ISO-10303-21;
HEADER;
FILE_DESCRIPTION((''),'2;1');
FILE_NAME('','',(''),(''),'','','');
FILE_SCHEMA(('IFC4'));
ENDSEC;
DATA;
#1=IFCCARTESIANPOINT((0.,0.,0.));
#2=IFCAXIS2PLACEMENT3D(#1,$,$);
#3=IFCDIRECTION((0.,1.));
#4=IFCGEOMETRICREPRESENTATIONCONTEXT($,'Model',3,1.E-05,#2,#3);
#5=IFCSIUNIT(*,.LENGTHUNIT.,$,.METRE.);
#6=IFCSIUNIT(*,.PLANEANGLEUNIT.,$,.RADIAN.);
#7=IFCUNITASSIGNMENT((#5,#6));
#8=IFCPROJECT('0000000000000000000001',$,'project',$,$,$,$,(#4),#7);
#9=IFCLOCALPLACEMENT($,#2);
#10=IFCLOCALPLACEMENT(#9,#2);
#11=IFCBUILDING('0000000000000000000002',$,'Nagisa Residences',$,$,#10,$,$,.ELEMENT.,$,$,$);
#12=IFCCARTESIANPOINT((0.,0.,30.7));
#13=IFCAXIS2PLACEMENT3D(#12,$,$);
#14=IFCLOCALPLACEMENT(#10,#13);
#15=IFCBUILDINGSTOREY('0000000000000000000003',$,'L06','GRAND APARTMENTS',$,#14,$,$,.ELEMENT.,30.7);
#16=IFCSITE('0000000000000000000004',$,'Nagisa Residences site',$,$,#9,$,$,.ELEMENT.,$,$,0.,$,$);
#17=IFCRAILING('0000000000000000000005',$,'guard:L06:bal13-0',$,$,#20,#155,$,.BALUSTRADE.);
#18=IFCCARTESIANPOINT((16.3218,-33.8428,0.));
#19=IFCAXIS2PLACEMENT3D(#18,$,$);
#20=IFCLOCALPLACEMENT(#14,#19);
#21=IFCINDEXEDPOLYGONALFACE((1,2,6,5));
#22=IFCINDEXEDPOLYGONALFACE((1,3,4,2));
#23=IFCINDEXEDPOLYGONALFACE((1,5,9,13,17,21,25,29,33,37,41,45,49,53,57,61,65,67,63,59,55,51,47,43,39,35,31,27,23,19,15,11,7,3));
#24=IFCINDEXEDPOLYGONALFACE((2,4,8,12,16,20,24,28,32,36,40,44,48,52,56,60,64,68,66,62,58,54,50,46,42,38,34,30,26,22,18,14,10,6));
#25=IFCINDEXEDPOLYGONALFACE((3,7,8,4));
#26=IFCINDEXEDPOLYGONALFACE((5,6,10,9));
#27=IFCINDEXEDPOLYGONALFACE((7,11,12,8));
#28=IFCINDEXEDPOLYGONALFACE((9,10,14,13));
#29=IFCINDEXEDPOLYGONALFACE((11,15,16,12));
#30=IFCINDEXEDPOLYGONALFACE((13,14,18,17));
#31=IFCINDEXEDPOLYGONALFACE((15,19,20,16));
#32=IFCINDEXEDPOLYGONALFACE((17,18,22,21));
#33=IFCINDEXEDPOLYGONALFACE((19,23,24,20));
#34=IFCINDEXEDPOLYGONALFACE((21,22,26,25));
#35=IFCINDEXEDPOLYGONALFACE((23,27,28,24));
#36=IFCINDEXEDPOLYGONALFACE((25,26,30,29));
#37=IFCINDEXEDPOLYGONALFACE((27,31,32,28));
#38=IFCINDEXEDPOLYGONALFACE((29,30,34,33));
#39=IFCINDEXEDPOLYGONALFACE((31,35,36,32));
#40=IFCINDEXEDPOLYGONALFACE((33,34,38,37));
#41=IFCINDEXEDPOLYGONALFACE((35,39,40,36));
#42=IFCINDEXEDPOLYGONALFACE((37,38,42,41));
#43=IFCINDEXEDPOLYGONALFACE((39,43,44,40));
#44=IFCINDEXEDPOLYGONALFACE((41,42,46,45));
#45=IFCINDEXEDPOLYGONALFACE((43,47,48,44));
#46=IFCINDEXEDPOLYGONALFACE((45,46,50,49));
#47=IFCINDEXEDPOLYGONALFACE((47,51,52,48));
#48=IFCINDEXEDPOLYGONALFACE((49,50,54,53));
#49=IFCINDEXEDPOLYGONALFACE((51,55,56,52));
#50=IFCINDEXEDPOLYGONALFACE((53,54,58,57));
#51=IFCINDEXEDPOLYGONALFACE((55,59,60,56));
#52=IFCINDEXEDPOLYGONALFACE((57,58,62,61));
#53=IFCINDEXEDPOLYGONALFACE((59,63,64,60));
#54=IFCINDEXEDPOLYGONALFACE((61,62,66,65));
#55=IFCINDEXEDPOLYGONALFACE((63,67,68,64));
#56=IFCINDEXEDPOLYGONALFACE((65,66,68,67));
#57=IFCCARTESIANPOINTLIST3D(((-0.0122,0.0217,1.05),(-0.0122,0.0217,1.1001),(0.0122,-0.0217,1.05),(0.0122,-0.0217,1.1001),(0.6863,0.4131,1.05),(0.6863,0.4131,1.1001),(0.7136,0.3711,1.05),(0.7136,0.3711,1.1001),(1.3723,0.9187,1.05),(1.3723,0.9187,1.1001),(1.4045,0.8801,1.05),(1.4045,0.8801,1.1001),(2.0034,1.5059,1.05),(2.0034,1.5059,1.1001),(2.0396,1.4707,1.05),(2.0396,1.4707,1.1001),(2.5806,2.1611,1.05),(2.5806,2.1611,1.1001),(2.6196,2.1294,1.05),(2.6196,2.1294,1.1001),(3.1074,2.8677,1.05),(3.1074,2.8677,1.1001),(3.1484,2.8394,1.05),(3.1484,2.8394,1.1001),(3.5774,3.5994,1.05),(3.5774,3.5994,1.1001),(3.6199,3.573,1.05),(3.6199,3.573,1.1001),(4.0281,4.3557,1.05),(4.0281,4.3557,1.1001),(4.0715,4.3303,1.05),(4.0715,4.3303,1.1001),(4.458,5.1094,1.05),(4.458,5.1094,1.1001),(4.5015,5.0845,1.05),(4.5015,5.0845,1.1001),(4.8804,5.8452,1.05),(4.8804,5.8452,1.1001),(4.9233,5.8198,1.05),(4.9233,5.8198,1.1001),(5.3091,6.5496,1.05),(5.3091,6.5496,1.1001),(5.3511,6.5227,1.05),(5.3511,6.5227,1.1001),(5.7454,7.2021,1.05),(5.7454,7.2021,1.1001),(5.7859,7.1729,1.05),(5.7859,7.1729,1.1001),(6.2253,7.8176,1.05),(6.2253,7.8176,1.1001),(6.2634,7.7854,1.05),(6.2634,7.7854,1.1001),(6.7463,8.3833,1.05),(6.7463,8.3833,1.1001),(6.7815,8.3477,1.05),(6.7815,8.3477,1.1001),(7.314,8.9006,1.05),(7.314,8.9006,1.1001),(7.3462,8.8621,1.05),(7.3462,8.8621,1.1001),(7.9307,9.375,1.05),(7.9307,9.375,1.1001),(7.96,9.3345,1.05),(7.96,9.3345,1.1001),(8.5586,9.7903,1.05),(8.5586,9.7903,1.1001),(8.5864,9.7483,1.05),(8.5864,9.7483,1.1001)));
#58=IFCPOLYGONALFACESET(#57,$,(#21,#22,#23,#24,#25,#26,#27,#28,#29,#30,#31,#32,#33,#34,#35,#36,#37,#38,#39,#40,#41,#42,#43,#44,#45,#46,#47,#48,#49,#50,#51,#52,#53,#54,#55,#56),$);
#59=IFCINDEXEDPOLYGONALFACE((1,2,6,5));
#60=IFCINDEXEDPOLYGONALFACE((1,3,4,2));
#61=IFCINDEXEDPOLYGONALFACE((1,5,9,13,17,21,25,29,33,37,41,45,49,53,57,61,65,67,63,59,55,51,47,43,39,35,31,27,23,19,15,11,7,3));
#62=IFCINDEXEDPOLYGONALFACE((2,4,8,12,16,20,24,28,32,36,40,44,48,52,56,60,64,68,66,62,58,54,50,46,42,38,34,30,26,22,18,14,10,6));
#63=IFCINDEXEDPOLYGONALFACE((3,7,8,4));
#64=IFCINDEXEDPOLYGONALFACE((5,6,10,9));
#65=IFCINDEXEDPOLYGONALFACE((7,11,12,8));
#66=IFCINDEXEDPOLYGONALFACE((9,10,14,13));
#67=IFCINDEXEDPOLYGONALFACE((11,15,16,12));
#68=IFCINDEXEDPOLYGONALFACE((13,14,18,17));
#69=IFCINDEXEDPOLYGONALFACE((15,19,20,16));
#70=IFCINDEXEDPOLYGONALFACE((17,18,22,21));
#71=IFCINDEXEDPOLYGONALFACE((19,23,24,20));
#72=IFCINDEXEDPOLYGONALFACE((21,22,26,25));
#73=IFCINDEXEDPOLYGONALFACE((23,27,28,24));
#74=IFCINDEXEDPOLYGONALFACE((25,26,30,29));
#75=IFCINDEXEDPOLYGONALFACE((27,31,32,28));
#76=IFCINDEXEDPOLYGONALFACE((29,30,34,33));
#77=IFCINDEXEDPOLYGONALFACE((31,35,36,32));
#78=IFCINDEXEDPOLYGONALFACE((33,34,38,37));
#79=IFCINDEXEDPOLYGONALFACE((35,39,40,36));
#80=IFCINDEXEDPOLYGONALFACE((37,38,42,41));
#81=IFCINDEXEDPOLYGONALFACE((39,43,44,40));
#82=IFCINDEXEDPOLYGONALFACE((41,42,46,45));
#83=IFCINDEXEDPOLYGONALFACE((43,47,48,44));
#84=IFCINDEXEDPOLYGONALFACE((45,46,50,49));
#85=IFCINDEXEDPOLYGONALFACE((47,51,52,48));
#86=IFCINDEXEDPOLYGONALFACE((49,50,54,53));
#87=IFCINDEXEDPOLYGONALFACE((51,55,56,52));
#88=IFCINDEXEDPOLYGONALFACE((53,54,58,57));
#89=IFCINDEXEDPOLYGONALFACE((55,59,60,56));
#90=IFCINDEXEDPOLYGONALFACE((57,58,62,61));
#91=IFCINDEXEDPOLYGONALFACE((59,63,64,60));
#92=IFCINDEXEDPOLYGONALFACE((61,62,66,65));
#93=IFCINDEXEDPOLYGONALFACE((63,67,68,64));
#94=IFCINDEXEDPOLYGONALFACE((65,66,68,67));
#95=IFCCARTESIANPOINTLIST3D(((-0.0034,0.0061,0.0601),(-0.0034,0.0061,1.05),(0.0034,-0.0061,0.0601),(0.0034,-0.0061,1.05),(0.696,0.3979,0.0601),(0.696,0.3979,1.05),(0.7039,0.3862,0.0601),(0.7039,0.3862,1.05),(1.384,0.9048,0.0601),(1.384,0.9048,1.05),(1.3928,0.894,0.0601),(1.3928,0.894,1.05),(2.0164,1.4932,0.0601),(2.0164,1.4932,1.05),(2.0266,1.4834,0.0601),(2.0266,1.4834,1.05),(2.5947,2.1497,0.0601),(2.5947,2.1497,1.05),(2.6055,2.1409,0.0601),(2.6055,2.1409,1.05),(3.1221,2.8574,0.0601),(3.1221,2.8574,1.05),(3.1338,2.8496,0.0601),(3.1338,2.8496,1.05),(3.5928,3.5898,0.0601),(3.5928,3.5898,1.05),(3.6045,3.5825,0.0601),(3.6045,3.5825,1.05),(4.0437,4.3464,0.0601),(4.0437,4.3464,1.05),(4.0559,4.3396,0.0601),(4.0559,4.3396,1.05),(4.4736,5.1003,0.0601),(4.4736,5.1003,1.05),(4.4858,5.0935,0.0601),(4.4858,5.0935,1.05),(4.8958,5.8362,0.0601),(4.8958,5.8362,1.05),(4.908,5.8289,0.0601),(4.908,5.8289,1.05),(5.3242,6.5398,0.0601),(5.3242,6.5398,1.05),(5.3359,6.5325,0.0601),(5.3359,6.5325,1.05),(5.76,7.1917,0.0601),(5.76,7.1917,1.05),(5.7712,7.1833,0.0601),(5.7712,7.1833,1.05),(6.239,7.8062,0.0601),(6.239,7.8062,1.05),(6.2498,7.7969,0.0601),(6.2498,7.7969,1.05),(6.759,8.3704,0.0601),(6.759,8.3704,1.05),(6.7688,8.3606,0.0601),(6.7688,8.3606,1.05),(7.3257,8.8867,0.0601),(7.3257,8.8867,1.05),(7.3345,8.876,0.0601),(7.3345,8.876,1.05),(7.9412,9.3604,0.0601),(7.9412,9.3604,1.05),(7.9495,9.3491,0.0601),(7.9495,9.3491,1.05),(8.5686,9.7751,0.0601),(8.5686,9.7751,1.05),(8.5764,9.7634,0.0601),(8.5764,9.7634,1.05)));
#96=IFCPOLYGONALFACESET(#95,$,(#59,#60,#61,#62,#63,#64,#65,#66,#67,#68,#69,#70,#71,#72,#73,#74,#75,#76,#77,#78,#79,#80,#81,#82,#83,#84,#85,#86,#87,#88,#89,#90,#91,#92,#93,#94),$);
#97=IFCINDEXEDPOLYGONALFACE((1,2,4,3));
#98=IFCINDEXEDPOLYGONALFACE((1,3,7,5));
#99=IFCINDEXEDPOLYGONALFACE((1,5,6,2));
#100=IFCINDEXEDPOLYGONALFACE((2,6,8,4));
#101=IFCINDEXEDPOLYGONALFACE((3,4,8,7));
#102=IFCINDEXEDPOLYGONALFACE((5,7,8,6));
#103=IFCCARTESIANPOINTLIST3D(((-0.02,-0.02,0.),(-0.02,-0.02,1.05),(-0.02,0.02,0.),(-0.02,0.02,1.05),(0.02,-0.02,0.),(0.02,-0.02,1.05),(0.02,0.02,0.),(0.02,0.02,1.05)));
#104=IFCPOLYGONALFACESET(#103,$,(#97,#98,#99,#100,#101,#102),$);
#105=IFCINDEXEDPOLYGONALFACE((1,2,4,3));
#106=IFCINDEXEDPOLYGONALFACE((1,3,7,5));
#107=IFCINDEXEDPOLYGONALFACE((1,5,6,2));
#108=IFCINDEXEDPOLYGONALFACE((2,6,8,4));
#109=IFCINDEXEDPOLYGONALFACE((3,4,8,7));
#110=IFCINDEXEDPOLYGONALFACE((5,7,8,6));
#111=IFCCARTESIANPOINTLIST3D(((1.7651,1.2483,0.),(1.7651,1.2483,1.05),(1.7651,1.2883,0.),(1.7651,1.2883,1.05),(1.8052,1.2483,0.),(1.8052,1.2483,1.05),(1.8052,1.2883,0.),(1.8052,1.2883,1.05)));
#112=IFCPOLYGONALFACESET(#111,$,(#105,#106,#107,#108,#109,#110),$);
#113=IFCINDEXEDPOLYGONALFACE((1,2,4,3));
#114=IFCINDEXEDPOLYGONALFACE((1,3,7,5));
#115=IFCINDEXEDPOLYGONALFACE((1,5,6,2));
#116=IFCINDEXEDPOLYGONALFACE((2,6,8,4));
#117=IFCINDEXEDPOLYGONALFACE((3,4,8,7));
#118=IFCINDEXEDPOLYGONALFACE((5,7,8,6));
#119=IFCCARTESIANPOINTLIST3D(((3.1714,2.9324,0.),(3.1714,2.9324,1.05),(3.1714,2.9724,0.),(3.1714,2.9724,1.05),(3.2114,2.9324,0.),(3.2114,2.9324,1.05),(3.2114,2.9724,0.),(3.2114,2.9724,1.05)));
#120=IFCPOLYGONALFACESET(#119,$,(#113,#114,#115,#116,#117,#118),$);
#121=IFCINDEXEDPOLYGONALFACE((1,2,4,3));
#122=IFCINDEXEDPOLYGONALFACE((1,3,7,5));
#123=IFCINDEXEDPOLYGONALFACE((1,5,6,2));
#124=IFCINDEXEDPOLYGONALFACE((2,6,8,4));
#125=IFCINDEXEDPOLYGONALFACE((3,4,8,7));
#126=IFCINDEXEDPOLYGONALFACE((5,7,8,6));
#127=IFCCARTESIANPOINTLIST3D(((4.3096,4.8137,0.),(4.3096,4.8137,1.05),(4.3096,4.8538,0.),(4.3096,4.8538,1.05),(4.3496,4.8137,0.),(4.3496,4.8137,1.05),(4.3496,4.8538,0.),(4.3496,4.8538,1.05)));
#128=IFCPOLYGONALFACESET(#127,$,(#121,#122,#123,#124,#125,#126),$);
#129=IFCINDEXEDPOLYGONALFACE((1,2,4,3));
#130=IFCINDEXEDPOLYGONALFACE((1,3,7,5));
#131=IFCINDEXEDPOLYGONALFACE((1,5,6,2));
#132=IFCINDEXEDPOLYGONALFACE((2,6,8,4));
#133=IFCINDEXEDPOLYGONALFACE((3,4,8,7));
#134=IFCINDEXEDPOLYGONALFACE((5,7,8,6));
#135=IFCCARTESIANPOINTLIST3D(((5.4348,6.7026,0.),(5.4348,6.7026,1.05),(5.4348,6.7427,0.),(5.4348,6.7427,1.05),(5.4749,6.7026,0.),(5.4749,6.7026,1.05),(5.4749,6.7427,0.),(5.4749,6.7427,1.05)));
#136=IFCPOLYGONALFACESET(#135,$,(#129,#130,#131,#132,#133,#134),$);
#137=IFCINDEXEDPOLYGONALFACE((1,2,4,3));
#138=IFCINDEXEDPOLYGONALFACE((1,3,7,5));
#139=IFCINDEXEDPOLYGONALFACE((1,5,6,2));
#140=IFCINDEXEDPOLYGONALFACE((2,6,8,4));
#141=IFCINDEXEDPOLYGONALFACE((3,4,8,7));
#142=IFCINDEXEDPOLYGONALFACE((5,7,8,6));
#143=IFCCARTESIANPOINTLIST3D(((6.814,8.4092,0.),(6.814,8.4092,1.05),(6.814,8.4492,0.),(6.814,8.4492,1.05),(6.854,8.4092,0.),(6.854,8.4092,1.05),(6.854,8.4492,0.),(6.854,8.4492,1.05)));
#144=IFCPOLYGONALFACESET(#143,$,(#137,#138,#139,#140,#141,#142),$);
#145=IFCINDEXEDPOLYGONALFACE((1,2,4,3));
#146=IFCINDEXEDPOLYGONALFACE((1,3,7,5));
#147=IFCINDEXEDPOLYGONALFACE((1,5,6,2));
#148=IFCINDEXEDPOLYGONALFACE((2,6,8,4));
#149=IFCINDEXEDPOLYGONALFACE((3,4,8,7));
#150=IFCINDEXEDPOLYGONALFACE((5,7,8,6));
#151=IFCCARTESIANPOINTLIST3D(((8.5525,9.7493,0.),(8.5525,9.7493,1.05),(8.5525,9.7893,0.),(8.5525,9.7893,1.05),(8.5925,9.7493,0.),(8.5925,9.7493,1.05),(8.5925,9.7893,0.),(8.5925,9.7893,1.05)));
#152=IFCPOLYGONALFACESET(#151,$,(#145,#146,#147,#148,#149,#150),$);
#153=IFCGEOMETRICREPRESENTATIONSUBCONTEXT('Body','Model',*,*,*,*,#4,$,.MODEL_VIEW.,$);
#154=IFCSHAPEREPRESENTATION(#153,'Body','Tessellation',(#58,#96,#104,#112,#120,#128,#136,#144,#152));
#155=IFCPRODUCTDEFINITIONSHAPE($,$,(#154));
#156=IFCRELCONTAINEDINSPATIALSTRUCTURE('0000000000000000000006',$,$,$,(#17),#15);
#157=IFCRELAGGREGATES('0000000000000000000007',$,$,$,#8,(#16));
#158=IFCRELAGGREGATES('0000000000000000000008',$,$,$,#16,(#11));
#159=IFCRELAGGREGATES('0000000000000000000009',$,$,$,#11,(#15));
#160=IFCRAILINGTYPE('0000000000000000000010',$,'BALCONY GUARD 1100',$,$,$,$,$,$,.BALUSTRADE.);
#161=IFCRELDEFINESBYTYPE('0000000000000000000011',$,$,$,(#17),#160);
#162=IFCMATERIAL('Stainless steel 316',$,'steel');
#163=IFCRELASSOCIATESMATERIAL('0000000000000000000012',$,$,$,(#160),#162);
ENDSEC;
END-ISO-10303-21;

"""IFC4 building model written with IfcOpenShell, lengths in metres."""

from ifc_helpers import new_model, si_unit, direction, frame, origin, origin_2d, place, context, subcontext, project, spatial, polyline, rectangle, outline, extrude, material, type_object, element, save


model = new_model("IFC4")

# Units and contexts
model_context = context("Model", 3, precision=1e-05, world=origin(), true_north=direction((0.0, 1.0)))
body_context = subcontext(model_context, "Body", "Model", "MODEL_VIEW")
ifc_project = project(units=[si_unit("LENGTHUNIT", "METRE"), si_unit("PLANEANGLEUNIT", "RADIAN")], contexts=[model_context])

# Site, building, storey
site_placement = place(None, origin())
site = spatial("IfcSite", under=ifc_project, at=site_placement, Name="Nagisa Residences site", CompositionType="ELEMENT", RefElevation=0.0)
building_placement = place(site_placement, origin())
building = spatial("IfcBuilding", under=site, at=building_placement, Name="Nagisa Residences", CompositionType="ELEMENT")
storey_placement = place(building_placement, frame((0.0, 0.0, 30.7)))
storey = spatial("IfcBuildingStorey", under=building, at=storey_placement, Name="L06", Description="GRAND APARTMENTS", CompositionType="ELEMENT", Elevation=30.7)

# Railing
ifc_material_1 = material(Name="Stainless steel 316", Category="steel")
railing_type = type_object("IfcRailingType", Name="BALCONY GUARD 1100", PredefinedType="BALUSTRADE", material=ifc_material_1)
railing_1_placement = place(storey_placement, frame((16.3218, -33.8428, 0.0)))
element("IfcRailing", 1, at=railing_1_placement, inside=storey, type_object=railing_type, Name="guard:L06:bal13-0", PredefinedType="BALUSTRADE", context=body_context, shape_type="SweptSolid", body=[
    extrude(outline(polyline([(0.6863, 0.4131), (-0.0122, 0.0217), (0.0122, -0.0217), (0.7136, 0.3711), (1.4045, 0.8801), (2.0396, 1.4707), (2.6196, 2.1294), (3.1484, 2.8394), (3.6199, 3.573), (4.0715, 4.3303), (4.5015, 5.0845), (4.9233, 5.8198), (5.3511, 6.5227), (5.7859, 7.1729), (6.2634, 7.7854), (6.7815, 8.3477), (7.3462, 8.8621), (7.96, 9.3345), (8.5864, 9.7483), (8.5586, 9.7903), (7.9307, 9.375), (7.314, 8.9006), (6.7463, 8.3833), (6.2253, 7.8176), (5.7454, 7.2021), (5.3091, 6.5496), (4.8804, 5.8452), (4.458, 5.1094), (4.0281, 4.3557), (3.5774, 3.5994), (3.1074, 2.8677), (2.5806, 2.1611), (2.0034, 1.5059), (1.3723, 0.9187), (0.6863, 0.4131)])), frame((0.0, 0.0, 1.05)), (0.0, 0.0, 1.0), 0.05),
    extrude(outline(polyline([(0.696, 0.3979), (-0.0034, 0.0061), (0.0034, -0.0061), (0.7039, 0.3862), (1.3928, 0.894), (2.0266, 1.4834), (2.6055, 2.1409), (3.1338, 2.8496), (3.6045, 3.5825), (4.0559, 4.3396), (4.4858, 5.0935), (4.908, 5.8289), (5.3359, 6.5325), (5.7712, 7.1833), (6.2498, 7.7969), (6.7688, 8.3606), (7.3345, 8.876), (7.9495, 9.3491), (8.5764, 9.7634), (8.5686, 9.7751), (7.9412, 9.3604), (7.3257, 8.8867), (6.759, 8.3704), (6.239, 7.8062), (5.76, 7.1917), (5.3242, 6.5398), (4.8958, 5.8362), (4.4736, 5.1003), (4.0437, 4.3464), (3.5928, 3.5898), (3.1221, 2.8574), (2.5947, 2.1497), (2.0164, 1.4932), (1.384, 0.9048), (0.696, 0.3979)])), frame((0.0, 0.0, 0.0601)), (0.0, 0.0, 1.0), 0.99),
    extrude(rectangle(XDim=0.04, YDim=0.04, at=origin_2d()), origin(), (0.0, 0.0, 1.0), 1.05),
    extrude(rectangle(XDim=0.04, YDim=0.04, at=origin_2d()), frame((1.7852, 1.2683, 0.0)), (0.0, 0.0, 1.0), 1.05),
    extrude(rectangle(XDim=0.04, YDim=0.04, at=origin_2d()), frame((3.1914, 2.9524, 0.0)), (0.0, 0.0, 1.0), 1.05),
    extrude(rectangle(XDim=0.04, YDim=0.04, at=origin_2d()), frame((4.3296, 4.8337, 0.0)), (0.0, 0.0, 1.0), 1.05),
    extrude(rectangle(XDim=0.04, YDim=0.04, at=origin_2d()), frame((5.4548, 6.7227, 0.0)), (0.0, 0.0, 1.0), 1.05),
    extrude(rectangle(XDim=0.04, YDim=0.04, at=origin_2d()), frame((6.834, 8.4292, 0.0)), (0.0, 0.0, 1.0), 1.05),
    extrude(rectangle(XDim=0.04, YDim=0.04, at=origin_2d()), frame((8.5725, 9.7693, 0.0)), (0.0, 0.0, 1.0), 1.05),
])

save(model, "model.ifc")
